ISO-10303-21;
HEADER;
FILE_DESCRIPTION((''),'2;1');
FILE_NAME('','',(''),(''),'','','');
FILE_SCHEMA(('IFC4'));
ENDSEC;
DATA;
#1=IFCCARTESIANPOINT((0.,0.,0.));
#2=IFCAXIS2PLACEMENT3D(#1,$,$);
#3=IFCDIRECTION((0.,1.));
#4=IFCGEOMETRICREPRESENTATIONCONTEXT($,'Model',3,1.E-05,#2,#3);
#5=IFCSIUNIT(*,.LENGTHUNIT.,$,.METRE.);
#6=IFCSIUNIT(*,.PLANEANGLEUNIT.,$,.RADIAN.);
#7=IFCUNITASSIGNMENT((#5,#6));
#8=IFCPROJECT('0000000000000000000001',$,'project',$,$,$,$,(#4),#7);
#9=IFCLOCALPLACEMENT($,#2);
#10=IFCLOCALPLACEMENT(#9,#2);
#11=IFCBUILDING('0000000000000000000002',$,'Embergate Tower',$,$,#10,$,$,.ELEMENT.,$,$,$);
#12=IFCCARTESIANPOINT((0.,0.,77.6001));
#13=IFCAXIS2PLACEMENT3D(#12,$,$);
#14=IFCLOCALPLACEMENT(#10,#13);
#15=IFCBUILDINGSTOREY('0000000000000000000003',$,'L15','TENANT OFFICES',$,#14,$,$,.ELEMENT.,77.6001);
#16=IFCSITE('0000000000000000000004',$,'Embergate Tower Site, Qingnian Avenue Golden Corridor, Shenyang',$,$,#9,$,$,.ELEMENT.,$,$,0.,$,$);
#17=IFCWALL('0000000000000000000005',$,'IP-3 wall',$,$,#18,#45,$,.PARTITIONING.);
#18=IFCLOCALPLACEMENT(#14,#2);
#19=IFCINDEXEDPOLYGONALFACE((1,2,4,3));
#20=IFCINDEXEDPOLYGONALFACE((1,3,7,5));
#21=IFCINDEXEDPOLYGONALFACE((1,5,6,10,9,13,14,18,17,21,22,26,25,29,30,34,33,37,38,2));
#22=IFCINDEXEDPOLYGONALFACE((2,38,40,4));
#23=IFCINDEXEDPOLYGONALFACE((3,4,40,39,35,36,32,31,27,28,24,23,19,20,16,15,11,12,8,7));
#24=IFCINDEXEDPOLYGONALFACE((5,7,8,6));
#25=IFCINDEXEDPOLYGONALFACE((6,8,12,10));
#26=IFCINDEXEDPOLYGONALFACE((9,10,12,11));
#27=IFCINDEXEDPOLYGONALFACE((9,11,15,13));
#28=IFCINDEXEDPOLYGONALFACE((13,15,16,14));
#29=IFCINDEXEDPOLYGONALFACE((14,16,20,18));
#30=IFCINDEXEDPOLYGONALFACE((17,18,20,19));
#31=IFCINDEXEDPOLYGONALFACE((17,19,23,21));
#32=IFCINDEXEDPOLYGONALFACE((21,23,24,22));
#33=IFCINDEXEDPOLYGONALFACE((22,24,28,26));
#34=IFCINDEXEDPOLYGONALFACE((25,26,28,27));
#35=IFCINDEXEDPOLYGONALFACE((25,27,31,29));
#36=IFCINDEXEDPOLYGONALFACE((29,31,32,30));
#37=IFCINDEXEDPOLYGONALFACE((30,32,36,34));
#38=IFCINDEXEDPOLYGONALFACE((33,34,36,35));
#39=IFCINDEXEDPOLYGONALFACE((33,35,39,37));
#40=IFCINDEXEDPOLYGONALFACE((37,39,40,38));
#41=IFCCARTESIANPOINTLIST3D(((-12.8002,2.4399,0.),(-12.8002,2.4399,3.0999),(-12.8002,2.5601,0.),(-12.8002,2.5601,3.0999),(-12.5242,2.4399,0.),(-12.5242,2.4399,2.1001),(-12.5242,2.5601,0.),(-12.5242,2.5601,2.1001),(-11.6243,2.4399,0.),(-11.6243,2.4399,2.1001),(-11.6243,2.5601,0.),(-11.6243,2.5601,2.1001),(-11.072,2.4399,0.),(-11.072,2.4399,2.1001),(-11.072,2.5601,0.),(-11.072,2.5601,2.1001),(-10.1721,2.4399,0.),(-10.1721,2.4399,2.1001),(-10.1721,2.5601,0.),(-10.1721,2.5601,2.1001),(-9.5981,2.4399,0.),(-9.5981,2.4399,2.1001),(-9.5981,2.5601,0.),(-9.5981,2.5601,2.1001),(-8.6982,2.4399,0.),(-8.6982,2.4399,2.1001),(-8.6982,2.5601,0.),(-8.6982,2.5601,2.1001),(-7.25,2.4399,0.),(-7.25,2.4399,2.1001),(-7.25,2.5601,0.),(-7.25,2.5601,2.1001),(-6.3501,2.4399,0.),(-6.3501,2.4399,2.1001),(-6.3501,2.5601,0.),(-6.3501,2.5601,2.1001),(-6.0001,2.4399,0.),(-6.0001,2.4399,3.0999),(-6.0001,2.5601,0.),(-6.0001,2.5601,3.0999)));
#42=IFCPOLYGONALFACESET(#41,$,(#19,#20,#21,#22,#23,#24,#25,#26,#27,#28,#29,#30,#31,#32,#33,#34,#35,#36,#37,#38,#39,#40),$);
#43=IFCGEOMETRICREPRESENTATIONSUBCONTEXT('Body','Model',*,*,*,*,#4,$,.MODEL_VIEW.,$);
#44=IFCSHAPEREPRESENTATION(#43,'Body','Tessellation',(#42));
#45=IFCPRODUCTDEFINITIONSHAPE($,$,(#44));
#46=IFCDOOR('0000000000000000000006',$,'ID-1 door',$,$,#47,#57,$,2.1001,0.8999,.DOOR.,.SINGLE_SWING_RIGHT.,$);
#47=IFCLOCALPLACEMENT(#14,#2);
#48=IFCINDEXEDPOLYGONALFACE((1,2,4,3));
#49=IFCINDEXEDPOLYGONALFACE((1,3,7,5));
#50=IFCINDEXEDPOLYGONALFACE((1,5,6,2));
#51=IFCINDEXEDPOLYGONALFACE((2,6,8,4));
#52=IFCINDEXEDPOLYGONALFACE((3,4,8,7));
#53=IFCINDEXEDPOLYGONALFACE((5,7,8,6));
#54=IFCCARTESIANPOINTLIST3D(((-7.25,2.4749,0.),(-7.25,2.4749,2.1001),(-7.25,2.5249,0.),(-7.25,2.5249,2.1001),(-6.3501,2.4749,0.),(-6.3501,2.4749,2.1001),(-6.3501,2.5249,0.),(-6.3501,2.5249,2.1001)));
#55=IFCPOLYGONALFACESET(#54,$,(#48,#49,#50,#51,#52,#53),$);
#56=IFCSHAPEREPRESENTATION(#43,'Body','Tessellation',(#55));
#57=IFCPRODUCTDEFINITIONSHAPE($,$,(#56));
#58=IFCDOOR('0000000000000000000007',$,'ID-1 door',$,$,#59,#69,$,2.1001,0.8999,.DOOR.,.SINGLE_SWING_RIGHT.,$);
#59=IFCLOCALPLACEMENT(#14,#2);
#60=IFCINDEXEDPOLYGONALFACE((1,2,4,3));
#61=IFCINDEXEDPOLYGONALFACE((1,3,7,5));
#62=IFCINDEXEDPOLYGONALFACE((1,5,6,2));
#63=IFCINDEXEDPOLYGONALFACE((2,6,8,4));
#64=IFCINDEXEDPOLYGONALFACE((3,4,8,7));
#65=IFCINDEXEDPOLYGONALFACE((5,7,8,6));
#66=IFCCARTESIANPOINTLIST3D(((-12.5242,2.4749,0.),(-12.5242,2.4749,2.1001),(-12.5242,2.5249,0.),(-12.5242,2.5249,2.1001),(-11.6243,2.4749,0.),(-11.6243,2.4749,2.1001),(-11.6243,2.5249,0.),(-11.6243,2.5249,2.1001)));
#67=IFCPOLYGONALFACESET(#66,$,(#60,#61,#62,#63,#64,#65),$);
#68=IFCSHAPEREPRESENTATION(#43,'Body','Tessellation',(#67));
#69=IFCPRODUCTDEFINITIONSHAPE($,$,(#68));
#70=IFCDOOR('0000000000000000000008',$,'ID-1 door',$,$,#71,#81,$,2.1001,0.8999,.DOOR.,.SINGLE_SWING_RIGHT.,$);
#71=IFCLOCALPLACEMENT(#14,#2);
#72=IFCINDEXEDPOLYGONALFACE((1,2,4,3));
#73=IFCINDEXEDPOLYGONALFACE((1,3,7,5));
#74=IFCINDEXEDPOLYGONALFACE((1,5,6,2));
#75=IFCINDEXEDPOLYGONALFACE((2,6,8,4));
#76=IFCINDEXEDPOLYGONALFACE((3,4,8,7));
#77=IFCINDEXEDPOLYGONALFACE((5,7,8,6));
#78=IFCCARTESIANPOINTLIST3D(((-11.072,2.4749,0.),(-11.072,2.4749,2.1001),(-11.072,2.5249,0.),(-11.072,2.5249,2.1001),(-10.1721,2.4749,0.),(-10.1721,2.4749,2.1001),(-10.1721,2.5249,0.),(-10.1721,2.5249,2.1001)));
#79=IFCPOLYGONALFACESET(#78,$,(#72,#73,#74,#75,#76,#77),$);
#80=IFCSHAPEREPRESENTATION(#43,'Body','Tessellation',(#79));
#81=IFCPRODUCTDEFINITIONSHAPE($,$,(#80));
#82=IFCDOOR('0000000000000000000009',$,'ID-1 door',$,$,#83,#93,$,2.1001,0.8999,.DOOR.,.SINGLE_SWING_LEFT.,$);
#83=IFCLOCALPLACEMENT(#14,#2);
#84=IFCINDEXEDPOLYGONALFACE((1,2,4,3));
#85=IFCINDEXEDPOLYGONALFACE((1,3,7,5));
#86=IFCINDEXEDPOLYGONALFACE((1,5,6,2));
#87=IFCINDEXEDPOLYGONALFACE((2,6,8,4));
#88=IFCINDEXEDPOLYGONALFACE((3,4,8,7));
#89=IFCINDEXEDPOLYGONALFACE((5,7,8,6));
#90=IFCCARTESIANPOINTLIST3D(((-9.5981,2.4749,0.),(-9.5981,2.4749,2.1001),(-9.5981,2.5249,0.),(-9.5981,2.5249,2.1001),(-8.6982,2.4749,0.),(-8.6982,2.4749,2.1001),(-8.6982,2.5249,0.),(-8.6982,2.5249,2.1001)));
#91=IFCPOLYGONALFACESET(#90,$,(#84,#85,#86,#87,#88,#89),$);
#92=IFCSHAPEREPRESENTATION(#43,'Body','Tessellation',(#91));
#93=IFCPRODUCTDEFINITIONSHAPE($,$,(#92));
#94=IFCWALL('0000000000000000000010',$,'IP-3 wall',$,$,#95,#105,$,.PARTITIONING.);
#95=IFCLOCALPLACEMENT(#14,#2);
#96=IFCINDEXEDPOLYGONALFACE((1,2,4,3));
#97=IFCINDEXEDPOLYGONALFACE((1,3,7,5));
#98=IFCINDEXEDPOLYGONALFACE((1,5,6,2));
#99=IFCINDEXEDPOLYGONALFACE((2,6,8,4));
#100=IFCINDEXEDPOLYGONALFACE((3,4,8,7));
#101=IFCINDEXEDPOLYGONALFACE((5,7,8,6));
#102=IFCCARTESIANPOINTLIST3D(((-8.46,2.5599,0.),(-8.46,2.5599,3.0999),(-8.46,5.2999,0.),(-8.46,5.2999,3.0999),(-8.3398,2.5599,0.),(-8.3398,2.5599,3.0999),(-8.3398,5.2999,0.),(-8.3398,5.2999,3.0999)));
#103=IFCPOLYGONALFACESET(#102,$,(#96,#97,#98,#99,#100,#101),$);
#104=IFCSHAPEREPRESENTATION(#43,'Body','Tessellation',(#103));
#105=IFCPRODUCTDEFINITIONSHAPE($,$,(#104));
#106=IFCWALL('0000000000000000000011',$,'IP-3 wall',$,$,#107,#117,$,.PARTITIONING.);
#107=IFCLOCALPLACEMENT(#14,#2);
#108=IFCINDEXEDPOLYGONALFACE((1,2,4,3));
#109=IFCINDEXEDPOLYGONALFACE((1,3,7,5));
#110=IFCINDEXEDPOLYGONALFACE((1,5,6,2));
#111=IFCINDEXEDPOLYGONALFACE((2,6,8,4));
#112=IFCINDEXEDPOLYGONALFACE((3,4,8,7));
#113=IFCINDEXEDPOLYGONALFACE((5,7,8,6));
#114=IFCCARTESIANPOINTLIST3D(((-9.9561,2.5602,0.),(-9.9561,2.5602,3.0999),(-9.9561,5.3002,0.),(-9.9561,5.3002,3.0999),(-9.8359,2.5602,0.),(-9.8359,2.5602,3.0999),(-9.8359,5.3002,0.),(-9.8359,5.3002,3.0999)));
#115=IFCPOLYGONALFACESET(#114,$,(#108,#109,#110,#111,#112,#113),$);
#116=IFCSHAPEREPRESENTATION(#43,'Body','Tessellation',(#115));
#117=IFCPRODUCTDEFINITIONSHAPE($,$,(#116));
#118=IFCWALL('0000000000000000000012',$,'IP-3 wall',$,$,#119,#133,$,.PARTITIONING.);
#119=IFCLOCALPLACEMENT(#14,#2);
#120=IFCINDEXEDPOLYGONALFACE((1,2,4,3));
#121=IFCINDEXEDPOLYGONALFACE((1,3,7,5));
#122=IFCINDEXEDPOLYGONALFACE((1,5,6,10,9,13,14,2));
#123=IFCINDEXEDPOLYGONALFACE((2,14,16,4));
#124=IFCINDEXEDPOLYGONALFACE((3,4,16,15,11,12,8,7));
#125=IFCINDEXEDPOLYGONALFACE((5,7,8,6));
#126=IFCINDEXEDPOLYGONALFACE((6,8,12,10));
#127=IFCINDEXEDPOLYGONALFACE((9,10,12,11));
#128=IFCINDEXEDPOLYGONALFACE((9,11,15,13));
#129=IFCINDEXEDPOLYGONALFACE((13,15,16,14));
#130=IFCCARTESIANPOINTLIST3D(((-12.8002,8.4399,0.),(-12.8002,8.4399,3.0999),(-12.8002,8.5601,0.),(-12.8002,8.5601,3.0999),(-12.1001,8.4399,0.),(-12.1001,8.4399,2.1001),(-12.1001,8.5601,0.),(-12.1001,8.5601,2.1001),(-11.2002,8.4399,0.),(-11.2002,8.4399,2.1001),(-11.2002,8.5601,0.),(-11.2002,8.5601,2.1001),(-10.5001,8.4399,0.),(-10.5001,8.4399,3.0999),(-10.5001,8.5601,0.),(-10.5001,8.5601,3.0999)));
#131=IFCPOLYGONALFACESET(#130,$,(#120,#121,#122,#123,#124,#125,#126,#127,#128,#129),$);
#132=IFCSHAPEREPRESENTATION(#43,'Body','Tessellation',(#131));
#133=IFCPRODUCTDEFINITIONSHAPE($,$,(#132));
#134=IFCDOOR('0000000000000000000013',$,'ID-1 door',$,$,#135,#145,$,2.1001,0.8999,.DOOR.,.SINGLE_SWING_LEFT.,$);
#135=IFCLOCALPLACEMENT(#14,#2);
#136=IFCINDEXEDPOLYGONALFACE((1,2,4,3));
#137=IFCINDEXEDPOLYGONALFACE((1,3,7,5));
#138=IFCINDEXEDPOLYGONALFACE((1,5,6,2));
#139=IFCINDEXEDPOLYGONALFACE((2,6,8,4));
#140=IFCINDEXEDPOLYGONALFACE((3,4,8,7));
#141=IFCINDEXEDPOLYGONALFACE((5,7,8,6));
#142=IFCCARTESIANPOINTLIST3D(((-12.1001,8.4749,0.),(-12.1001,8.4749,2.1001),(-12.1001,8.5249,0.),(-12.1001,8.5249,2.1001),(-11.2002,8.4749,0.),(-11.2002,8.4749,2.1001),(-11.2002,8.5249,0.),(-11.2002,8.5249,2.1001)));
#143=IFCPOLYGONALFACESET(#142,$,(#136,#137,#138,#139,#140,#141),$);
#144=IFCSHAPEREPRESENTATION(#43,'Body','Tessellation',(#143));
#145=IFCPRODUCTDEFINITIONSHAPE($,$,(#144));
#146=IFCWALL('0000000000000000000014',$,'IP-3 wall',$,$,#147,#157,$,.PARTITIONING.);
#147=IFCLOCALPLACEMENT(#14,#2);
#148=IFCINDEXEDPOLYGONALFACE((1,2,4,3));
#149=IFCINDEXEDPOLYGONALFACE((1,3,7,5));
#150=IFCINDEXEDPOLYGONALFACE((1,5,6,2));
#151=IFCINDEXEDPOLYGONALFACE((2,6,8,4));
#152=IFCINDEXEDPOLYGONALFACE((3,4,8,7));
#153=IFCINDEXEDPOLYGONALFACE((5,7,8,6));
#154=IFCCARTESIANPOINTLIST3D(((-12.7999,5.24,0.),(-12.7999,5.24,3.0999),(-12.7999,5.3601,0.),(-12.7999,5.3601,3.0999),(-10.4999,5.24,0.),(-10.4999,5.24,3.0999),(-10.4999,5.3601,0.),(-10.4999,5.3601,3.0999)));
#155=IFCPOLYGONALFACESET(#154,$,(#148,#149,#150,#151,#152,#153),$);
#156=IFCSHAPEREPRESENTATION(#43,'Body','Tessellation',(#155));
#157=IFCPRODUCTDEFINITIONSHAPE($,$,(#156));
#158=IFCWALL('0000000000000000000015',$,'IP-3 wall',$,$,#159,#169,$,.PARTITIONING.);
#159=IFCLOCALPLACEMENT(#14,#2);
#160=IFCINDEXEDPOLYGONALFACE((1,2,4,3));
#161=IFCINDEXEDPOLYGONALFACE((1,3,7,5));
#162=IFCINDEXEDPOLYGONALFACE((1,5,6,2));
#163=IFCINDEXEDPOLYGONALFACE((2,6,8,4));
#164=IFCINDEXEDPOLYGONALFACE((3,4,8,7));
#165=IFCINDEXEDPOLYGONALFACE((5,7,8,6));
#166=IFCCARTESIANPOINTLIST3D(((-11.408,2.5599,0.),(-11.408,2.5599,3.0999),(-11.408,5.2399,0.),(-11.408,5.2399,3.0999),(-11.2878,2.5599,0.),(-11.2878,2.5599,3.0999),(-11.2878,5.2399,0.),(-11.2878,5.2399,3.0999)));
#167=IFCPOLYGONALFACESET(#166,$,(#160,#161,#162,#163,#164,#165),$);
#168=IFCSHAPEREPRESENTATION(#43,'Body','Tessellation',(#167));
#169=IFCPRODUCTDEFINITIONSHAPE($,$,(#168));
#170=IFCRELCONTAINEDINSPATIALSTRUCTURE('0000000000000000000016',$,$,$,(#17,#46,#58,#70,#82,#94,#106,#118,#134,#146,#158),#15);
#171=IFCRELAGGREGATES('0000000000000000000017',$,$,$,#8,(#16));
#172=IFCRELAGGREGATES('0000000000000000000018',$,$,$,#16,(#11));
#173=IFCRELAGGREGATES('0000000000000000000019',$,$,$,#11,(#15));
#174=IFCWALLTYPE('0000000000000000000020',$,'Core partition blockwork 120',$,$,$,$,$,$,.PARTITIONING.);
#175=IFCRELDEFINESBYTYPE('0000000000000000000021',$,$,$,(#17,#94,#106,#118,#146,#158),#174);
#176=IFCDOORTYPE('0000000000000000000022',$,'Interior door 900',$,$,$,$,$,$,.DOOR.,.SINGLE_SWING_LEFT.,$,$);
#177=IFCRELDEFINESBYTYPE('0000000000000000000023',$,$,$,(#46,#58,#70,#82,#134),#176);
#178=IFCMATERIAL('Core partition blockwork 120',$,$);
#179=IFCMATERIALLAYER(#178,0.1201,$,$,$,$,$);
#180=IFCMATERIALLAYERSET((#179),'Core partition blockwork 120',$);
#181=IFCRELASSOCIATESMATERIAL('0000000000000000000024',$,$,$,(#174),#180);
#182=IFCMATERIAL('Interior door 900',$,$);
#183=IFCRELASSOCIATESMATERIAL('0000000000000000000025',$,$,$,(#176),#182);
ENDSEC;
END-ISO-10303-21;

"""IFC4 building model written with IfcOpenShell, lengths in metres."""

from ifc_helpers import new_model, si_unit, direction, frame, frame_2d, origin, place, context, subcontext, project, spatial, rectangle, extrude, source, transform, mapped, material, layer, layer_set, type_object, element, fill, save


model = new_model("IFC4")

# Units and contexts
model_context = context("Model", 3, precision=1e-05, world=origin(), true_north=direction((0.0, 1.0)))
body_context = subcontext(model_context, "Body", "Model", "MODEL_VIEW")
ifc_project = project(units=[si_unit("LENGTHUNIT", "METRE"), si_unit("PLANEANGLEUNIT", "RADIAN")], contexts=[model_context])

# Site, building, storey
site_placement = place(None, origin())
site = spatial("IfcSite", under=ifc_project, at=site_placement, Name="Embergate Tower Site, Qingnian Avenue Golden Corridor, Shenyang", CompositionType="ELEMENT", RefElevation=0.0)
building_placement = place(site_placement, origin())
building = spatial("IfcBuilding", under=site, at=building_placement, Name="Embergate Tower", CompositionType="ELEMENT")
storey_placement = place(building_placement, frame((0.0, 0.0, 77.6001)))
storey = spatial("IfcBuildingStorey", under=building, at=storey_placement, Name="L15", Description="TENANT OFFICES", CompositionType="ELEMENT", Elevation=77.6001)

# Wall, openings, doors
ifc_material_1 = material(Name="Core partition blockwork 120")
ifc_layer_1 = layer(ifc_material_1, 0.1201)
ifc_layer_set_1 = layer_set([ifc_layer_1], Name="Core partition blockwork 120")
wall_type_1 = type_object("IfcWallType", Name="Core partition blockwork 120", PredefinedType="PARTITIONING", material=ifc_layer_set_1)
shared_shape_1 = source(origin(), body_context, "Body", "SweptSolid", [
    extrude(rectangle(XDim=6.8, YDim=0.1201, at=frame_2d((3.3999, 0.0))), origin(), (0.0, 0.0, 1.0), 3.0999),
])
wall_1_placement = place(storey_placement, frame((-12.8, 2.5, 0.0), z_axis=(0.0, 0.0, 1.0), x_axis=(1.0, 0.0, 0.0)))
wall_1 = element("IfcWall", 1, at=wall_1_placement, inside=storey, type_object=wall_type_1, Name="IP-3 wall", PredefinedType="PARTITIONING", context=body_context, shape_type="MappedRepresentation", body=[
    mapped(shared_shape_1, transform((0.0, 0.0, 0.0))),
])
shared_shape_2 = source(origin(), body_context, "Body", "SweptSolid", [
    extrude(rectangle(XDim=0.8999, YDim=2.1001, at=frame_2d((0.45, 1.05))), frame((0.0, 0.0701, 0.0), z_axis=(0.0, -1.0, 0.0), x_axis=(1.0, 0.0, 0.0)), (0.0, 0.0, 1.0), 0.1401),
])
opening_1_placement = place(wall_1_placement, frame((5.55, 0.0, 0.0)))
opening_1 = element("IfcOpeningElement", 2, at=opening_1_placement, cuts=wall_1, PredefinedType="OPENING", context=body_context, shape_type="MappedRepresentation", body=[
    mapped(shared_shape_2, transform((0.0, 0.0, 0.0))),
])
opening_2_placement = place(wall_1_placement, frame((0.2759, 0.0, 0.0)))
opening_2 = element("IfcOpeningElement", 3, at=opening_2_placement, cuts=wall_1, PredefinedType="OPENING", context=body_context, shape_type="MappedRepresentation", body=[
    mapped(shared_shape_2, transform((0.0, 0.0, 0.0))),
])
opening_3_placement = place(wall_1_placement, frame((1.728, 0.0, 0.0)))
opening_3 = element("IfcOpeningElement", 4, at=opening_3_placement, cuts=wall_1, PredefinedType="OPENING", context=body_context, shape_type="MappedRepresentation", body=[
    mapped(shared_shape_2, transform((0.0, 0.0, 0.0))),
])
opening_4_placement = place(wall_1_placement, frame((3.2019, 0.0, 0.0)))
opening_4 = element("IfcOpeningElement", 5, at=opening_4_placement, cuts=wall_1, PredefinedType="OPENING", context=body_context, shape_type="MappedRepresentation", body=[
    mapped(shared_shape_2, transform((0.0, 0.0, 0.0))),
])
ifc_material_2 = material(Name="Interior door 900")
door_type_1 = type_object("IfcDoorType", Name="Interior door 900", OperationType="SINGLE_SWING_LEFT", PredefinedType="DOOR", material=ifc_material_2)
shared_shape_3 = source(origin(), body_context, "Body", "SweptSolid", [
    extrude(rectangle(XDim=0.8999, YDim=2.1001, at=frame_2d((0.45, 1.05))), frame((0.0, 0.0249, 0.0), z_axis=(0.0, -1.0, 0.0), x_axis=(1.0, 0.0, 0.0)), (0.0, 0.0, 1.0), 0.05),
])
door_1_placement = place(opening_1_placement, origin())
door_1 = element("IfcDoor", 6, at=door_1_placement, inside=storey, type_object=door_type_1, Name="ID-1 door", OperationType="SINGLE_SWING_RIGHT", OverallHeight=2.1001, OverallWidth=0.8999, PredefinedType="DOOR", context=body_context, shape_type="MappedRepresentation", body=[
    mapped(shared_shape_3, transform((0.0, 0.0, 0.0))),
])
fill(opening_1, door_1)
door_2_placement = place(opening_2_placement, origin())
door_2 = element("IfcDoor", 7, at=door_2_placement, inside=storey, type_object=door_type_1, Name="ID-1 door", OperationType="SINGLE_SWING_RIGHT", OverallHeight=2.1001, OverallWidth=0.8999, PredefinedType="DOOR", context=body_context, shape_type="MappedRepresentation", body=[
    mapped(shared_shape_3, transform((0.0, 0.0, 0.0))),
])
fill(opening_2, door_2)
door_3_placement = place(opening_3_placement, origin())
door_3 = element("IfcDoor", 8, at=door_3_placement, inside=storey, type_object=door_type_1, Name="ID-1 door", OperationType="SINGLE_SWING_RIGHT", OverallHeight=2.1001, OverallWidth=0.8999, PredefinedType="DOOR", context=body_context, shape_type="MappedRepresentation", body=[
    mapped(shared_shape_3, transform((0.0, 0.0, 0.0))),
])
fill(opening_3, door_3)
door_4_placement = place(opening_4_placement, origin())
door_4 = element("IfcDoor", 9, at=door_4_placement, inside=storey, type_object=door_type_1, Name="ID-1 door", OperationType="SINGLE_SWING_LEFT", OverallHeight=2.1001, OverallWidth=0.8999, PredefinedType="DOOR", context=body_context, shape_type="MappedRepresentation", body=[
    mapped(shared_shape_3, transform((0.0, 0.0, 0.0))),
])
fill(opening_4, door_4)

# Walls
shared_shape_4 = source(origin(), body_context, "Body", "SweptSolid", [
    extrude(rectangle(XDim=2.74, YDim=0.1201, at=frame_2d((1.3701, 0.0))), origin(), (0.0, 0.0, 1.0), 3.0999),
])
for number, where, z_axis, x_axis, name in (
    (10, (-8.3999, 5.3, 0.0), (0.0, 0.0, 1.0), (0.0, -1.0, 0.0), "IP-3 wall"),
    (11, (-9.896, 2.5601, 0.0), (0.0, 0.0, 1.0), (0.0, 1.0, 0.0), "IP-3 wall"),
):
    element("IfcWall", number, at=place(storey_placement, frame(where, z_axis=z_axis, x_axis=x_axis)), inside=storey, type_object=wall_type_1, Name=name, PredefinedType="PARTITIONING", context=body_context, shape_type="MappedRepresentation", body=[
        mapped(shared_shape_4, transform((0.0, 0.0, 0.0))),
    ])

# Wall, opening, door
shared_shape_5 = source(origin(), body_context, "Body", "SweptSolid", [
    extrude(rectangle(XDim=2.3, YDim=0.1201, at=frame_2d((1.1499, 0.0))), origin(), (0.0, 0.0, 1.0), 3.0999),
])
wall_2_placement = place(storey_placement, frame((-12.8, 8.5, 0.0), z_axis=(0.0, 0.0, 1.0), x_axis=(1.0, 0.0, 0.0)))
wall_2 = element("IfcWall", 12, at=wall_2_placement, inside=storey, type_object=wall_type_1, Name="IP-3 wall", PredefinedType="PARTITIONING", context=body_context, shape_type="MappedRepresentation", body=[
    mapped(shared_shape_5, transform((0.0, 0.0, 0.0))),
])
opening_5_placement = place(wall_2_placement, frame((0.7, 0.0, 0.0)))
opening_5 = element("IfcOpeningElement", 13, at=opening_5_placement, cuts=wall_2, PredefinedType="OPENING", context=body_context, shape_type="MappedRepresentation", body=[
    mapped(shared_shape_2, transform((0.0, 0.0, 0.0))),
])
door_5_placement = place(opening_5_placement, origin())
door_5 = element("IfcDoor", 14, at=door_5_placement, inside=storey, type_object=door_type_1, Name="ID-1 door", OperationType="SINGLE_SWING_LEFT", OverallHeight=2.1001, OverallWidth=0.8999, PredefinedType="DOOR", context=body_context, shape_type="MappedRepresentation", body=[
    mapped(shared_shape_3, transform((0.0, 0.0, 0.0))),
])
fill(opening_5, door_5)

# Walls
wall_3_placement = place(storey_placement, frame((-10.5, 5.3, 0.0), z_axis=(0.0, 0.0, 1.0), x_axis=(-1.0, 0.0, 0.0)))
element("IfcWall", 15, at=wall_3_placement, inside=storey, type_object=wall_type_1, Name="IP-3 wall", PredefinedType="PARTITIONING", context=body_context, shape_type="MappedRepresentation", body=[
    mapped(shared_shape_5, transform((0.0, 0.0, 0.0))),
])
shared_shape_6 = source(origin(), body_context, "Body", "SweptSolid", [
    extrude(rectangle(XDim=2.6799, YDim=0.1201, at=frame_2d((1.3398, 0.0))), origin(), (0.0, 0.0, 1.0), 3.0999),
])
wall_4_placement = place(storey_placement, frame((-11.3479, 2.5601, 0.0), z_axis=(0.0, 0.0, 1.0), x_axis=(0.0, 1.0, 0.0)))
element("IfcWall", 16, at=wall_4_placement, inside=storey, type_object=wall_type_1, Name="IP-3 wall", PredefinedType="PARTITIONING", context=body_context, shape_type="MappedRepresentation", body=[
    mapped(shared_shape_6, transform((0.0, 0.0, 0.0))),
])

save(model, "model.ifc")
